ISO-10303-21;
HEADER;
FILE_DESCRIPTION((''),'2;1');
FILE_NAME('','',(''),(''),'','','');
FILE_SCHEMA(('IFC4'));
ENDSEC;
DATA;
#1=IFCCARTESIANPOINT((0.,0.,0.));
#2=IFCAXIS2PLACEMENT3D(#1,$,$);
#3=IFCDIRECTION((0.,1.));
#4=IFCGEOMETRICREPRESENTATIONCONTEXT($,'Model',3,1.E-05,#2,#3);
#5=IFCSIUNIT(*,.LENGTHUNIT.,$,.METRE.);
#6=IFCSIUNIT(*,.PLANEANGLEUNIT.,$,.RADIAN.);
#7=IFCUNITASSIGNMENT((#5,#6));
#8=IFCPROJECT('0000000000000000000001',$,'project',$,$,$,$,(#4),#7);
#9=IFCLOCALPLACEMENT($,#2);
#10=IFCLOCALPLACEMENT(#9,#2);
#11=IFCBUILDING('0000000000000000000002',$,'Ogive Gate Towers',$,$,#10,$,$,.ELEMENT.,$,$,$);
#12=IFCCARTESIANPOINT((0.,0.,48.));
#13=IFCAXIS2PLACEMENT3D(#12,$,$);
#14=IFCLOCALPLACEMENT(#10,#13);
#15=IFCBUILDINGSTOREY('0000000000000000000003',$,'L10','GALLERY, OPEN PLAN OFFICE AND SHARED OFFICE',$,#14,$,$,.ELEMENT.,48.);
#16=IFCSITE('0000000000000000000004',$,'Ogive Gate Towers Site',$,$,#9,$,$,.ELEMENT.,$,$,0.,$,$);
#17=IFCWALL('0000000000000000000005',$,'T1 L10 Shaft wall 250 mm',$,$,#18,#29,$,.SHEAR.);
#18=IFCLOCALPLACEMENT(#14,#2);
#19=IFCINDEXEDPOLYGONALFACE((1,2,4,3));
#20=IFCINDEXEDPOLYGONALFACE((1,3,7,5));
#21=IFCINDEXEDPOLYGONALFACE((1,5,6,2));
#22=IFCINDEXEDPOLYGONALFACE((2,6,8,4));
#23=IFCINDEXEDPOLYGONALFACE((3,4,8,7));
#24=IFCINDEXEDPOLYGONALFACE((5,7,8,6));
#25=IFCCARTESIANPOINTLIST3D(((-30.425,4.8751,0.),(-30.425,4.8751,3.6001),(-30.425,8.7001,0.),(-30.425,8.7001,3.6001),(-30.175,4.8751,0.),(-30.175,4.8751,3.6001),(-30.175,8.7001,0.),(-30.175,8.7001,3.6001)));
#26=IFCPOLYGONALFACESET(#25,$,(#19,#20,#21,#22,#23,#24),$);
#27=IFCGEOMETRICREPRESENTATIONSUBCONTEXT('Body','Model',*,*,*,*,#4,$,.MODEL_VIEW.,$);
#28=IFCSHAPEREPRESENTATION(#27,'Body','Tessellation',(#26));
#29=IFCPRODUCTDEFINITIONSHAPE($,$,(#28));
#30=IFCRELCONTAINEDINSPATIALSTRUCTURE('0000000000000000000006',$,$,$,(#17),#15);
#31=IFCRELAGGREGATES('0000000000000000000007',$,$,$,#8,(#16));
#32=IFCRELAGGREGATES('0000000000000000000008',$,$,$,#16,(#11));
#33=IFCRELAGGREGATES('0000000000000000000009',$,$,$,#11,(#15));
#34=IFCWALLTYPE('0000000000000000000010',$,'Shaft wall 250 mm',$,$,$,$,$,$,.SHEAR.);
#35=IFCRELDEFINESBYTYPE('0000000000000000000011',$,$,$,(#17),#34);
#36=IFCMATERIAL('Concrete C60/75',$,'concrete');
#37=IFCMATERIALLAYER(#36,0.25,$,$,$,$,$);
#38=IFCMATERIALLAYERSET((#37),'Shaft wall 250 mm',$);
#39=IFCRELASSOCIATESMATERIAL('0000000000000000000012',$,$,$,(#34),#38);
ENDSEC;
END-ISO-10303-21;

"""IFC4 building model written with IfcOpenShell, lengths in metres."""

from ifc_helpers import new_model, si_unit, direction, frame, frame_2d, origin, place, context, subcontext, project, spatial, rectangle, extrude, material, layer, layer_set, type_object, element, save


model = new_model("IFC4")

# Units and contexts
model_context = context("Model", 3, precision=1e-05, world=origin(), true_north=direction((0.0, 1.0)))
body_context = subcontext(model_context, "Body", "Model", "MODEL_VIEW")
ifc_project = project(units=[si_unit("LENGTHUNIT", "METRE"), si_unit("PLANEANGLEUNIT", "RADIAN")], contexts=[model_context])

# Site, building, storey
site_placement = place(None, origin())
site = spatial("IfcSite", under=ifc_project, at=site_placement, Name="Ogive Gate Towers Site", CompositionType="ELEMENT", RefElevation=0.0)
building_placement = place(site_placement, origin())
building = spatial("IfcBuilding", under=site, at=building_placement, Name="Ogive Gate Towers", CompositionType="ELEMENT")
storey_placement = place(building_placement, frame((0.0, 0.0, 48.0)))
storey = spatial("IfcBuildingStorey", under=building, at=storey_placement, Name="L10", Description="GALLERY, OPEN PLAN OFFICE AND SHARED OFFICE", CompositionType="ELEMENT", Elevation=48.0)

# Shared definitions
ifc_material_1 = material(Name="Concrete C60/75", Category="concrete")
ifc_layer_1 = layer(ifc_material_1, 0.25)
ifc_layer_set_1 = layer_set([ifc_layer_1], Name="Shaft wall 250 mm")
wall_type_1 = type_object("IfcWallType", Name="Shaft wall 250 mm", PredefinedType="SHEAR", material=ifc_layer_set_1)

# Wall
wall_1_placement = place(storey_placement, frame((-30.3, 4.875, 0.0), z_axis=(0.0, 0.0, 1.0), x_axis=(0.0, 1.0, 0.0)))
element("IfcWall", 1, at=wall_1_placement, inside=storey, type_object=wall_type_1, Name="T1 L10 Shaft wall 250 mm", PredefinedType="SHEAR", context=body_context, shape_type="SweptSolid", body=[
    extrude(rectangle(XDim=3.825, YDim=0.25, at=frame_2d((1.9126, 0.0))), origin(), (0.0, 0.0, 1.0), 3.6001),
])

save(model, "model.ifc")
